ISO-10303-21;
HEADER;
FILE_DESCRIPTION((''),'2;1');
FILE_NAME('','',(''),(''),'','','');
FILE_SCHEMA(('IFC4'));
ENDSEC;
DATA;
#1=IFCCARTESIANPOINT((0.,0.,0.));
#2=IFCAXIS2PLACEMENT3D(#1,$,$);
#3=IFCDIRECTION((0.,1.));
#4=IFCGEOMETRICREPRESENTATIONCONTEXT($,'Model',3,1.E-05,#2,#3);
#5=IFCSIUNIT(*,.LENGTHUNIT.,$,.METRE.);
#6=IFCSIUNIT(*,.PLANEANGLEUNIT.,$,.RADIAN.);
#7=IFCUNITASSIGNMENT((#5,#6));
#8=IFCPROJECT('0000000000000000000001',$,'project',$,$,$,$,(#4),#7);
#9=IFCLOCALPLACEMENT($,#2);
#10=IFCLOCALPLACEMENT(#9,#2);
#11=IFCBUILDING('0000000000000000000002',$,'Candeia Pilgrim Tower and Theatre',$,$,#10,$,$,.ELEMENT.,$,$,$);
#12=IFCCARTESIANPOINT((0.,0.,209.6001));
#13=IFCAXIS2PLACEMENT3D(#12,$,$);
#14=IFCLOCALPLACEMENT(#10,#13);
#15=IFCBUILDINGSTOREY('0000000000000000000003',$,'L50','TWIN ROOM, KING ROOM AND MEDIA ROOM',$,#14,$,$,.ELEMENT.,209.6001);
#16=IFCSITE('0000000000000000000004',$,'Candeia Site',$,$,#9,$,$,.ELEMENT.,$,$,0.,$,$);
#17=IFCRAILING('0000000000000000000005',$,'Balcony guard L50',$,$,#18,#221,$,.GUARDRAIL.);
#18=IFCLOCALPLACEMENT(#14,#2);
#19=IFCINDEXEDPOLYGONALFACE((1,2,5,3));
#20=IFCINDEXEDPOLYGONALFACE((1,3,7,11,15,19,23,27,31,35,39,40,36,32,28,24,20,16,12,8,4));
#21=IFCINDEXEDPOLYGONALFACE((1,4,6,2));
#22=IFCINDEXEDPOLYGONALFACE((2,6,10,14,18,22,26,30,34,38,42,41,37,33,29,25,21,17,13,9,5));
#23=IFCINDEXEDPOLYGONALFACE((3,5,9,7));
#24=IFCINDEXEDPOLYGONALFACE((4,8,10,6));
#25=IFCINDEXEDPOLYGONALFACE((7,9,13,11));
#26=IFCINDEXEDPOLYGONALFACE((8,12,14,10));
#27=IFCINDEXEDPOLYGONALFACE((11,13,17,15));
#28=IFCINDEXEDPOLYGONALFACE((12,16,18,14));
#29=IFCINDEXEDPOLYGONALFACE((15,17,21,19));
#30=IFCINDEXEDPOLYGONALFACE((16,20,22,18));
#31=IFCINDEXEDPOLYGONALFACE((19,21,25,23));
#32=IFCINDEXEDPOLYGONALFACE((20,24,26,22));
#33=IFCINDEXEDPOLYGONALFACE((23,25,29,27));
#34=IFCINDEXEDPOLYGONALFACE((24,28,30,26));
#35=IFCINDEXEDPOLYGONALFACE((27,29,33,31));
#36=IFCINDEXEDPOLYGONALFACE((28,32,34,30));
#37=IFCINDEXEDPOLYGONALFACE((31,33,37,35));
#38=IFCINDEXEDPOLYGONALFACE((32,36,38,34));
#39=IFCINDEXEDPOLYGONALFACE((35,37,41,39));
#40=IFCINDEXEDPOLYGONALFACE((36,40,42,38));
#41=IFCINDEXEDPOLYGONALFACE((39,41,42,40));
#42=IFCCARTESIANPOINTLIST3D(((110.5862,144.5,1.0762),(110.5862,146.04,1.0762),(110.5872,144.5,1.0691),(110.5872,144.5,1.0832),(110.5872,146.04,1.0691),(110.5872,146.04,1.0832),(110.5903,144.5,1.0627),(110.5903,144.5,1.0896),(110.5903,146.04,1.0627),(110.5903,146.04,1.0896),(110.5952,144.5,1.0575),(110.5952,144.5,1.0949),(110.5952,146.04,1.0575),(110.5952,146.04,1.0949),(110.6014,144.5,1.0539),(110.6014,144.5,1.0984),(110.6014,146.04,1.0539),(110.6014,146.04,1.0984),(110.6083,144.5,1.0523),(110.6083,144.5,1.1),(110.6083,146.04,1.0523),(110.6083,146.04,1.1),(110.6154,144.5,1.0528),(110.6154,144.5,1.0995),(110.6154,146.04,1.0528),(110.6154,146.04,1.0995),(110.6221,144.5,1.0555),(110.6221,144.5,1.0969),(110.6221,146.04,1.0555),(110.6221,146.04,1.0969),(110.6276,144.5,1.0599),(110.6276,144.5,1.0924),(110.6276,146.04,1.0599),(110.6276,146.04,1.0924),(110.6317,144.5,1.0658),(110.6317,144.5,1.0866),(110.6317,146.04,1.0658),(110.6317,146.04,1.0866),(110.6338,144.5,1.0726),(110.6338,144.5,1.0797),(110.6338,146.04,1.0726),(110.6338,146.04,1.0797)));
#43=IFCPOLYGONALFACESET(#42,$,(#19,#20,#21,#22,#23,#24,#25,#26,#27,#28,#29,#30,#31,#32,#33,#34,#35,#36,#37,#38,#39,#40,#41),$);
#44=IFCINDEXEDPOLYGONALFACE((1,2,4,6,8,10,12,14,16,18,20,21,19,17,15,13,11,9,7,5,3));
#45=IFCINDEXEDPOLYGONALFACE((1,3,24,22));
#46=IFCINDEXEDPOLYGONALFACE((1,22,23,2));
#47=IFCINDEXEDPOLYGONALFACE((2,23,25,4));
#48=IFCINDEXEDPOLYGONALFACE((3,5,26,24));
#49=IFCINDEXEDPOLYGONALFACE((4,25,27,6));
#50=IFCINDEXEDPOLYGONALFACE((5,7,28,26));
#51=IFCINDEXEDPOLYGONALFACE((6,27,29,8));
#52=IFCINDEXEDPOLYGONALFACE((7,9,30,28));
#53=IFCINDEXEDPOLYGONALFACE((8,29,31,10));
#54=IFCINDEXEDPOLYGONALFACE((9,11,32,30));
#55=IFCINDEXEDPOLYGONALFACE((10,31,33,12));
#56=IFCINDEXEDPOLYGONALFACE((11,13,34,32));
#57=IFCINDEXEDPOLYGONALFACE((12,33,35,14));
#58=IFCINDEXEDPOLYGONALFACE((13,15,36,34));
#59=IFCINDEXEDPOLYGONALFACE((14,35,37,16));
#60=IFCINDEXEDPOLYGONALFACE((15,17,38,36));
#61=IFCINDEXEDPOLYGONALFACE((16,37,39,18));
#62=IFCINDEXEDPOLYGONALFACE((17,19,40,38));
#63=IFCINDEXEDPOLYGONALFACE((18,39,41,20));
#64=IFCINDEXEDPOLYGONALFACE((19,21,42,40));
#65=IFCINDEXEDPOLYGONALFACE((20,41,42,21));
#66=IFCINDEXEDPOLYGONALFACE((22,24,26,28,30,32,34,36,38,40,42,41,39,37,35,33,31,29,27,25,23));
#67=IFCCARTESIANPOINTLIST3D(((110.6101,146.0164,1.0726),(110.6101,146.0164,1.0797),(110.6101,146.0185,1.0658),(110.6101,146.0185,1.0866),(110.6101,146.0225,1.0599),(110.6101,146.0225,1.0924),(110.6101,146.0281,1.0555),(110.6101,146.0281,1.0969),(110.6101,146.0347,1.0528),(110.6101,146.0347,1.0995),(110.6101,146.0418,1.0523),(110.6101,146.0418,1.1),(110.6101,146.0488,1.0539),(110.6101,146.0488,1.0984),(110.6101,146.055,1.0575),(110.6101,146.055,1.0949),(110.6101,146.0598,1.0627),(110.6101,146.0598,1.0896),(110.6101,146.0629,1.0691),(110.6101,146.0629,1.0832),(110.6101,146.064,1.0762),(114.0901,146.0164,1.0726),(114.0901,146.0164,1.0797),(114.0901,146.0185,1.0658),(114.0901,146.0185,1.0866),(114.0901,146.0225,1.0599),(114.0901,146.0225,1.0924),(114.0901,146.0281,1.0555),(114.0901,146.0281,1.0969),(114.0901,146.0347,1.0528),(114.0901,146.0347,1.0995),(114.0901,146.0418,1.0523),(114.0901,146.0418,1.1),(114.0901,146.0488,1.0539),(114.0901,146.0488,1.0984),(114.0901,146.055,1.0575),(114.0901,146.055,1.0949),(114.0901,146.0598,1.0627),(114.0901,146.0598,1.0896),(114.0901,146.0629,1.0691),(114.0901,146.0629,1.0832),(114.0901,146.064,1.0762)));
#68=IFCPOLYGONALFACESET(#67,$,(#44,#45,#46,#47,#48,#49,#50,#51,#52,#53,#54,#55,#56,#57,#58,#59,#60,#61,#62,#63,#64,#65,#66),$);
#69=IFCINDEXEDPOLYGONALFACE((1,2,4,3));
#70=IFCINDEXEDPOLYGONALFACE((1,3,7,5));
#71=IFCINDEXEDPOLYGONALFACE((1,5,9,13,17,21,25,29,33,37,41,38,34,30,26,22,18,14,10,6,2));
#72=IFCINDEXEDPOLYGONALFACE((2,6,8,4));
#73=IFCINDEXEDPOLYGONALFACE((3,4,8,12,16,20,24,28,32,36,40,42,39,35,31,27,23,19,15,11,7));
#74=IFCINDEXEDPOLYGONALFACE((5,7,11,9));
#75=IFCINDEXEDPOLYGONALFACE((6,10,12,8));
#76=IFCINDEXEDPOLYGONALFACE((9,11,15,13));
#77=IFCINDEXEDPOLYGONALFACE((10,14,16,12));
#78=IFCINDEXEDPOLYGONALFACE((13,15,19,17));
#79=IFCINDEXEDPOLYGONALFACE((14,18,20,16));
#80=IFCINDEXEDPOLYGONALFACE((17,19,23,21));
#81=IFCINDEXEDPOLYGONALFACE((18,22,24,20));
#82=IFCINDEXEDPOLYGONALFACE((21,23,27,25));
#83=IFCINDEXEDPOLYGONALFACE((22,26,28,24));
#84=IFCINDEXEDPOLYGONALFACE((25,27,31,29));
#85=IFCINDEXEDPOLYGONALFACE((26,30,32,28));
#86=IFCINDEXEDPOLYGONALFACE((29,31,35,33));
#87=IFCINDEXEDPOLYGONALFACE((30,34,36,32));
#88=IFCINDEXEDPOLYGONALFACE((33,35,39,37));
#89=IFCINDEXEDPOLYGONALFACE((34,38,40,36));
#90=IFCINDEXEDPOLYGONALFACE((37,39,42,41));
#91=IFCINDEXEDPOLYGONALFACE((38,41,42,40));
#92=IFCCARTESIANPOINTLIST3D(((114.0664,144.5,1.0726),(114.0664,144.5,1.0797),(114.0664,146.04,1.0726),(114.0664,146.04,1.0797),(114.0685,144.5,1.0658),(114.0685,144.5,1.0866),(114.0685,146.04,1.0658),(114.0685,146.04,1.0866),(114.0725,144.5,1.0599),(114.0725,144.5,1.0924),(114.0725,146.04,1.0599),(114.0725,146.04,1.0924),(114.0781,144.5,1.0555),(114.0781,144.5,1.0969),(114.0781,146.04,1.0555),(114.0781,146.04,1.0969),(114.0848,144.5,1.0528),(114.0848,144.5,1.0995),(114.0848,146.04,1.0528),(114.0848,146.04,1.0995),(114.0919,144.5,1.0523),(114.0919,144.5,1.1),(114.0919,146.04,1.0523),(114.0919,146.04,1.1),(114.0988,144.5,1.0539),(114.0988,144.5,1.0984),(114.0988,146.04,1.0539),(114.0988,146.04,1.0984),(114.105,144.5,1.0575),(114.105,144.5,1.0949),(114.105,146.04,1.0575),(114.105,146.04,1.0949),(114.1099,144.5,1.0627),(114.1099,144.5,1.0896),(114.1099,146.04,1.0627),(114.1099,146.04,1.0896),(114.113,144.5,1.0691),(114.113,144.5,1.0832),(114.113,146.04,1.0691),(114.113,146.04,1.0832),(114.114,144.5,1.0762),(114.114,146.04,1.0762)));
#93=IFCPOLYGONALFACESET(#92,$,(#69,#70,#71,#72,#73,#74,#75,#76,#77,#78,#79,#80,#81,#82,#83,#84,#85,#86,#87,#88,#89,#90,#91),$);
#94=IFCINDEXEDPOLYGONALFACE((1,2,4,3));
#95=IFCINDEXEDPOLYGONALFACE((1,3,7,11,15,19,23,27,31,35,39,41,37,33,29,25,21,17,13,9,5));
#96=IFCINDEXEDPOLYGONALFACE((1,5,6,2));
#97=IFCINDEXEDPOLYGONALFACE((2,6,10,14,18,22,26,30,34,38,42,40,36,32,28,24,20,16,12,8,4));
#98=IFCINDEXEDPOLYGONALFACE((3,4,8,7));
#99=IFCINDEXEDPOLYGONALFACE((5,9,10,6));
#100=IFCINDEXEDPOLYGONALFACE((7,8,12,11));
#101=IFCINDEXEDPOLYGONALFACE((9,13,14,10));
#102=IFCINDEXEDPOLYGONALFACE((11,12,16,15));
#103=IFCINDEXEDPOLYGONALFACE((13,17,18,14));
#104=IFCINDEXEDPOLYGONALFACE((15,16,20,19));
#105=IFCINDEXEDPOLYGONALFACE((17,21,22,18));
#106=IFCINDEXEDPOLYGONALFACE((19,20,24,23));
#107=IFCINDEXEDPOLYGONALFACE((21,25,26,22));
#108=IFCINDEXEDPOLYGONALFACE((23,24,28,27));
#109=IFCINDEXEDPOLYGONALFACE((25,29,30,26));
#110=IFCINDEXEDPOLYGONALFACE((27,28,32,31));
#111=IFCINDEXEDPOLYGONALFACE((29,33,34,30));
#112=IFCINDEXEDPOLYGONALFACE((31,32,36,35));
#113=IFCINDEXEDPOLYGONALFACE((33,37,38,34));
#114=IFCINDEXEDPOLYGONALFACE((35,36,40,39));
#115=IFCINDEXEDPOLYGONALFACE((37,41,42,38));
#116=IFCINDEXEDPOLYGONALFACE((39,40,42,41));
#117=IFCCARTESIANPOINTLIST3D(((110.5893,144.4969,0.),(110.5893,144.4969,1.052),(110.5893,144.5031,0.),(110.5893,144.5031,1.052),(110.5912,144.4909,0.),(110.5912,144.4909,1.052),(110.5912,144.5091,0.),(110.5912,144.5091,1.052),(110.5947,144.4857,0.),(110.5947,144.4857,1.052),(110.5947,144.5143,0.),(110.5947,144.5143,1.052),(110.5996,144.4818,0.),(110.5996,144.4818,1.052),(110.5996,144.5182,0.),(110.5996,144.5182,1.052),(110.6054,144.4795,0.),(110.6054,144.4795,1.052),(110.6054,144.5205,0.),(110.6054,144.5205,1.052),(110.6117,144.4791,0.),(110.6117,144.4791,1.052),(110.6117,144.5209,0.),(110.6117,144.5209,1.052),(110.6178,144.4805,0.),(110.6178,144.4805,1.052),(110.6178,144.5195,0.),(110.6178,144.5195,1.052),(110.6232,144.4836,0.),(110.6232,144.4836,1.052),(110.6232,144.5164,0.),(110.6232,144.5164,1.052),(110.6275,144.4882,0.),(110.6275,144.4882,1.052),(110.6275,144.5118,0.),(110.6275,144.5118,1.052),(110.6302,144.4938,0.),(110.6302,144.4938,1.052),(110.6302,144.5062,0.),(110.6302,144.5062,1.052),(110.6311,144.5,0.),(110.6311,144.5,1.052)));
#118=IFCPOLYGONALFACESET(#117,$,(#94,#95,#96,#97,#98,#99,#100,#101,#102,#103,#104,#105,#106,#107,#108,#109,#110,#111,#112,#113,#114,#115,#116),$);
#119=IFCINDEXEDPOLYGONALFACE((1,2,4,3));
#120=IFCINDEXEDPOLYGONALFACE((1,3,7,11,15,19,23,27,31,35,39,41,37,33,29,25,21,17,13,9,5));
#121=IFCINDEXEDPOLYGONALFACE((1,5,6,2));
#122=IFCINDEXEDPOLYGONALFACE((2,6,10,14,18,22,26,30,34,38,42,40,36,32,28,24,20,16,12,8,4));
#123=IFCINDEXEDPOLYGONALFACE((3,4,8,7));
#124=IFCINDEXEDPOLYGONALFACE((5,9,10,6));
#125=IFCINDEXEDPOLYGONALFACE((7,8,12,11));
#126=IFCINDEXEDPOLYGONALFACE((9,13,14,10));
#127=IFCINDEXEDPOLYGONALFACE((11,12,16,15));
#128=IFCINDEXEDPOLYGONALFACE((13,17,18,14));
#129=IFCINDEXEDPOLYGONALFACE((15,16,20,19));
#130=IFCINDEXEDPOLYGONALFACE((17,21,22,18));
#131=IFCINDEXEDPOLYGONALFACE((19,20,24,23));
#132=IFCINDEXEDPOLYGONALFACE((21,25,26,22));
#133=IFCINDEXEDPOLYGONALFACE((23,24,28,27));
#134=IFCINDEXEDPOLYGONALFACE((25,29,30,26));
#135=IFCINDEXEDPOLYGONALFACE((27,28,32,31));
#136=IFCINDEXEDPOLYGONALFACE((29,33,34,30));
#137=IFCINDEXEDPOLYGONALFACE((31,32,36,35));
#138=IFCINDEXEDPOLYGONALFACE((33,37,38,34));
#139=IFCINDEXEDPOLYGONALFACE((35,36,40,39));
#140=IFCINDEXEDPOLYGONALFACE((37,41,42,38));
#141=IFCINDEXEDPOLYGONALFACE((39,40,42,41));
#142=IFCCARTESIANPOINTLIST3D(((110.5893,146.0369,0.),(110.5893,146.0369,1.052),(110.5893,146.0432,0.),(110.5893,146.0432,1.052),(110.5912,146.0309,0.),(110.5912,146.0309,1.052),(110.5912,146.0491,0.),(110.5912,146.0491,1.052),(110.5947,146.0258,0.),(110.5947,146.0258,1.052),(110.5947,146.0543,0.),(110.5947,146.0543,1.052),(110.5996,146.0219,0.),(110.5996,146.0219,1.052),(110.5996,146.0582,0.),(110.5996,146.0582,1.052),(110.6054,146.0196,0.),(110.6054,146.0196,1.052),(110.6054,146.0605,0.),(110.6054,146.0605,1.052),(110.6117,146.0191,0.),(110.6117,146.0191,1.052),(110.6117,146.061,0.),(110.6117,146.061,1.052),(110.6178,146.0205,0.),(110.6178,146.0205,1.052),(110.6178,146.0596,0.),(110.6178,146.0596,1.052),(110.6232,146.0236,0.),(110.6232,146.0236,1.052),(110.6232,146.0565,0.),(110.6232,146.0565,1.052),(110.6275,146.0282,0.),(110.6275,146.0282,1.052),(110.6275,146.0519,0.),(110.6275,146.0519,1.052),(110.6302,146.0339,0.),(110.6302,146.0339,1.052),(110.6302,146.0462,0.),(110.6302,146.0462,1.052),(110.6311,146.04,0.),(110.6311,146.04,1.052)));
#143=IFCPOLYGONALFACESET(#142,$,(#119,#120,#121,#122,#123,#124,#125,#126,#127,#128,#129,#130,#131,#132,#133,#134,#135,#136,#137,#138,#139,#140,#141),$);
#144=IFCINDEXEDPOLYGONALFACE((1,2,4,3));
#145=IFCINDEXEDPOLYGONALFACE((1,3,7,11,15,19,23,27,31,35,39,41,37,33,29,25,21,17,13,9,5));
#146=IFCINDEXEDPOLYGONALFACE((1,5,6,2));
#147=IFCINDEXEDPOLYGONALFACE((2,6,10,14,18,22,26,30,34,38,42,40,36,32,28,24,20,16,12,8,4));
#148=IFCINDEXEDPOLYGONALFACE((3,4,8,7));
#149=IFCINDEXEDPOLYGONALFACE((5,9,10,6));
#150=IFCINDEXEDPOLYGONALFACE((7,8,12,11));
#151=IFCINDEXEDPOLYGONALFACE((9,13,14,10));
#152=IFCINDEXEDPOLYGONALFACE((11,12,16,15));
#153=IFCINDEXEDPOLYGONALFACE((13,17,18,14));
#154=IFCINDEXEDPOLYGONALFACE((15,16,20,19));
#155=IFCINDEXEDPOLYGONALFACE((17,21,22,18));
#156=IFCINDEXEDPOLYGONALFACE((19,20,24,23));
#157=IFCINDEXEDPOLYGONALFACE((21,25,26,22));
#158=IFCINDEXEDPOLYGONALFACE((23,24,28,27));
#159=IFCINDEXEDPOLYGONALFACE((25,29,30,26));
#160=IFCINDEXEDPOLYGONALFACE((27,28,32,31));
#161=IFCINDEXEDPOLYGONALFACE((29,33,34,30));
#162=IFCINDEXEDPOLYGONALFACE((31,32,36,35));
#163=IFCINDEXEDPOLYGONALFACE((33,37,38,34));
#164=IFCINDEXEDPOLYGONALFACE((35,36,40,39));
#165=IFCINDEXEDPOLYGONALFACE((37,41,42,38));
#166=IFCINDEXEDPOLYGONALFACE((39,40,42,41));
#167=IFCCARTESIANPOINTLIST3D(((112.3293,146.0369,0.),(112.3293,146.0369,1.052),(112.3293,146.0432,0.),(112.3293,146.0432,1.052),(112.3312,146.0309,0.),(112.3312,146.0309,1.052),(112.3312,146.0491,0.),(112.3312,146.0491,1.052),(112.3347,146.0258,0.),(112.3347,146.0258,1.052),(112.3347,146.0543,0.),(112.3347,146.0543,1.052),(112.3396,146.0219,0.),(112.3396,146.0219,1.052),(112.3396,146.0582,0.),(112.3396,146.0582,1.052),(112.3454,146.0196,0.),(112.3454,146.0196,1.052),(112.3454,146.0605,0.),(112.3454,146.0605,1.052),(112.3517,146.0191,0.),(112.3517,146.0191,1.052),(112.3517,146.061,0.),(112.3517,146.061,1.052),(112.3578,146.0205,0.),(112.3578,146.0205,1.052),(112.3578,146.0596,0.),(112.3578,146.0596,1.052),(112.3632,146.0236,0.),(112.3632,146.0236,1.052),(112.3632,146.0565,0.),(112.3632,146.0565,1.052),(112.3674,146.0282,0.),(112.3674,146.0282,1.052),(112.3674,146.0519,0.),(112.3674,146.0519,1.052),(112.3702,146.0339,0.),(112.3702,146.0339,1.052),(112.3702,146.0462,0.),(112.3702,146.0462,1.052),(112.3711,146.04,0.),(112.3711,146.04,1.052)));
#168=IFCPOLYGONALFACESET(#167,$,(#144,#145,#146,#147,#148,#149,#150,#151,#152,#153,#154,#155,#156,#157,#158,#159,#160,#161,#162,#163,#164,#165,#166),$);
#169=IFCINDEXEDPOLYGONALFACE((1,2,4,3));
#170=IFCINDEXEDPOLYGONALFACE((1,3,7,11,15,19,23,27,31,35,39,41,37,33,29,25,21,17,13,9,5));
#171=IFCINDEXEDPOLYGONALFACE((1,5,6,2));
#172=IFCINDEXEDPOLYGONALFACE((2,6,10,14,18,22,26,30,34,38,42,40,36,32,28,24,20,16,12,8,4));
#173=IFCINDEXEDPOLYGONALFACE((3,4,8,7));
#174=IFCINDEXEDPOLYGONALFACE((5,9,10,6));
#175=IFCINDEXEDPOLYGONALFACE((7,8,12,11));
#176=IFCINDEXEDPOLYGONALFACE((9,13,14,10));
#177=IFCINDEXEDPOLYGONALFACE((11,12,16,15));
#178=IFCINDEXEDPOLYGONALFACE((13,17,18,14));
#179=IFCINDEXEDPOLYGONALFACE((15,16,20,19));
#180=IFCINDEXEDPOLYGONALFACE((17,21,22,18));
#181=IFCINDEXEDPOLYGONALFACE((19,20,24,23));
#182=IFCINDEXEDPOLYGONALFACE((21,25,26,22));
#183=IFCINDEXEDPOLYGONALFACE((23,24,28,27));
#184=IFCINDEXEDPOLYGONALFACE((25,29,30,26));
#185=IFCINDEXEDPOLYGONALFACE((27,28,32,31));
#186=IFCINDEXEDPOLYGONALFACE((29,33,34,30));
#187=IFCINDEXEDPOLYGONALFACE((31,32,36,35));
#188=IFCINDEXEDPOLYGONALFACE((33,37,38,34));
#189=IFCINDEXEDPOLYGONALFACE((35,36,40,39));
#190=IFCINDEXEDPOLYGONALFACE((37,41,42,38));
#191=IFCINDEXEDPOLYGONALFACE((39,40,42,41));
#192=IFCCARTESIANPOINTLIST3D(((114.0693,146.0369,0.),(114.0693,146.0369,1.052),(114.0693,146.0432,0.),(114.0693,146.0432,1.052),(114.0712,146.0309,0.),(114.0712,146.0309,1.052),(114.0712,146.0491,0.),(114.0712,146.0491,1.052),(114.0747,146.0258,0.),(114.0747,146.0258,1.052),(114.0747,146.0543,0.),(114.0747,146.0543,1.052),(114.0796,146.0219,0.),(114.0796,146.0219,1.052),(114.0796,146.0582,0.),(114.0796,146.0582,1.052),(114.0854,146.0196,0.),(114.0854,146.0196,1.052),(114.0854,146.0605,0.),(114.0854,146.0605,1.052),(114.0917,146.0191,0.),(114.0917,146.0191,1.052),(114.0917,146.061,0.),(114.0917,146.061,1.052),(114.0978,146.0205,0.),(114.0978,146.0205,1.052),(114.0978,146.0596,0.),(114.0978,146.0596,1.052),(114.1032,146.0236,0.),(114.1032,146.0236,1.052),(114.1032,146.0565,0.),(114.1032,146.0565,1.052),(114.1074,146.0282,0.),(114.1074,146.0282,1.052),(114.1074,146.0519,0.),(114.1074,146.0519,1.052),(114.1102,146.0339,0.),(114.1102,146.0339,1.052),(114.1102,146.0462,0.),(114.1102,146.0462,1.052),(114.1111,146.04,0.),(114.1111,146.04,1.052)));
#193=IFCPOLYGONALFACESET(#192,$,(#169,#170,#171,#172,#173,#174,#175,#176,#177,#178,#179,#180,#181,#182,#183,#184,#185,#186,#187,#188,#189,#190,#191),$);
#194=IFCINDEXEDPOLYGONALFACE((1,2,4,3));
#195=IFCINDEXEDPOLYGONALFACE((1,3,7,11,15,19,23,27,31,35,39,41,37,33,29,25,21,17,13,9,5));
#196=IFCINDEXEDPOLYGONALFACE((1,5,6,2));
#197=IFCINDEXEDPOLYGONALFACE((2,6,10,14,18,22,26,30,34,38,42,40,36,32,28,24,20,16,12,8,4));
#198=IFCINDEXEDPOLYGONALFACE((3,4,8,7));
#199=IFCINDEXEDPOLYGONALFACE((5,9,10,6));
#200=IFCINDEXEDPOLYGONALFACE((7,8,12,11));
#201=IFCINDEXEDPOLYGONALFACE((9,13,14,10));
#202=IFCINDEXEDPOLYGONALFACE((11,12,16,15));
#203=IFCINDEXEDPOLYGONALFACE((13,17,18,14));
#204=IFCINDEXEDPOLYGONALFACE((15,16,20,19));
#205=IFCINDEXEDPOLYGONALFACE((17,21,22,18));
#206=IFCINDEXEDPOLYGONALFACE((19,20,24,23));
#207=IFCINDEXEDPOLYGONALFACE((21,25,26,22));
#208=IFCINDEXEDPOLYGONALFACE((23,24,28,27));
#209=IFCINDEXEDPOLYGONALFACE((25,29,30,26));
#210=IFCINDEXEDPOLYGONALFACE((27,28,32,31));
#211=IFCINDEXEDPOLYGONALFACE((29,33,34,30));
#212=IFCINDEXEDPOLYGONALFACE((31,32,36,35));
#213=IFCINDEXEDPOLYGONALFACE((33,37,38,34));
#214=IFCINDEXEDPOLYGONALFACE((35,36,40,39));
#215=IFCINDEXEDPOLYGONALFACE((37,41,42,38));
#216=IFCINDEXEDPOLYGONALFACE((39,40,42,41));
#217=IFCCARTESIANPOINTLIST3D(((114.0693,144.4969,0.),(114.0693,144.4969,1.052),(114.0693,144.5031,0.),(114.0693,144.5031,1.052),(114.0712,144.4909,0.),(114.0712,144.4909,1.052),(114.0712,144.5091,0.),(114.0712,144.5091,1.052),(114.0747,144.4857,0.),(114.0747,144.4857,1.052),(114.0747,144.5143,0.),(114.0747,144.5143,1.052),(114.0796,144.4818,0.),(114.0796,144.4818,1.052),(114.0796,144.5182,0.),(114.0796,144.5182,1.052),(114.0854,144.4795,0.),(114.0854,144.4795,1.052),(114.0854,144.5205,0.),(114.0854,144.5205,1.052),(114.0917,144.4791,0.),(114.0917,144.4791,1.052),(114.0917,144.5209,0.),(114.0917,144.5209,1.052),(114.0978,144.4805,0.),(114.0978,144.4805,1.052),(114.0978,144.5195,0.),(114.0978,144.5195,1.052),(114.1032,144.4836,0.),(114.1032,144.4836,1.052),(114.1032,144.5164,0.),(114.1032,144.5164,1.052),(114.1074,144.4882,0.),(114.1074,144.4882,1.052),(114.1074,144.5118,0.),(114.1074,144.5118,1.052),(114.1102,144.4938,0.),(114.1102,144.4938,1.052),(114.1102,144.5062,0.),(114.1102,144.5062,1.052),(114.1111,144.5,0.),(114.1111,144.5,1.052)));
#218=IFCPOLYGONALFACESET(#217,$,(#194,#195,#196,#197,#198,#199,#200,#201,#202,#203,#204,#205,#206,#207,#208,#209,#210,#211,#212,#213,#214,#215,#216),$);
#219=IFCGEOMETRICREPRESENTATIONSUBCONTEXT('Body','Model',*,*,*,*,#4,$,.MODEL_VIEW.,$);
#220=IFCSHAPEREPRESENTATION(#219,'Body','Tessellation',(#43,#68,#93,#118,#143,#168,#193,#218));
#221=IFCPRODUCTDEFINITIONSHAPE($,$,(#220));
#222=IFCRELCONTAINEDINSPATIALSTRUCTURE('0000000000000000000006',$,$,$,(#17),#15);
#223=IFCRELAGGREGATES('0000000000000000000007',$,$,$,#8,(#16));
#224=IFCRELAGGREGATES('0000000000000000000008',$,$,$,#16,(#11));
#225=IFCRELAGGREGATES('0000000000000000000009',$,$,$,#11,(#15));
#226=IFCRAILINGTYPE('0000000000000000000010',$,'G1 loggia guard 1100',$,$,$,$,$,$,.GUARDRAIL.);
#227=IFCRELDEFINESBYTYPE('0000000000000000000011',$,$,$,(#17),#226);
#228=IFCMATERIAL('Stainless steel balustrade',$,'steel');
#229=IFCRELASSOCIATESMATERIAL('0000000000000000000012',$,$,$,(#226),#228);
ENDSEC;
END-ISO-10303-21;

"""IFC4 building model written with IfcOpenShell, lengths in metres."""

from ifc_helpers import new_model, si_unit, direction, frame, origin, origin_2d, place, context, subcontext, project, spatial, circle, extrude, material, type_object, element, save


model = new_model("IFC4")

# Units and contexts
model_context = context("Model", 3, precision=1e-05, world=origin(), true_north=direction((0.0, 1.0)))
body_context = subcontext(model_context, "Body", "Model", "MODEL_VIEW")
ifc_project = project(units=[si_unit("LENGTHUNIT", "METRE"), si_unit("PLANEANGLEUNIT", "RADIAN")], contexts=[model_context])

# Site, building, storey
site_placement = place(None, origin())
site = spatial("IfcSite", under=ifc_project, at=site_placement, Name="Candeia Site", CompositionType="ELEMENT", RefElevation=0.0)
building_placement = place(site_placement, origin())
building = spatial("IfcBuilding", under=site, at=building_placement, Name="Candeia Pilgrim Tower and Theatre", CompositionType="ELEMENT")
storey_placement = place(building_placement, frame((0.0, 0.0, 209.6001)))
storey = spatial("IfcBuildingStorey", under=building, at=storey_placement, Name="L50", Description="TWIN ROOM, KING ROOM AND MEDIA ROOM", CompositionType="ELEMENT", Elevation=209.6001)

# Railing
ifc_material_1 = material(Name="Stainless steel balustrade", Category="steel")
railing_type = type_object("IfcRailingType", Name="G1 loggia guard 1100", PredefinedType="GUARDRAIL", material=ifc_material_1)
railing_placement = place(storey_placement, frame((110.6101, 144.5, 0.0)))
element("IfcRailing", 1, at=railing_placement, inside=storey, type_object=railing_type, Name="Balcony guard L50", PredefinedType="GUARDRAIL", context=body_context, shape_type="SweptSolid", body=[
    extrude(circle(Radius=0.0239, at=origin_2d()), frame((0.0, 0.0, 1.0762), z_axis=(0.0, 1.0, 0.0), x_axis=(-1.0, 0.0, 0.0)), (0.0, 0.0, 1.0), 1.54),
    extrude(circle(Radius=0.0239, at=origin_2d()), frame((0.0, 1.54, 1.0762), z_axis=(1.0, 0.0, 0.0), x_axis=(0.0, 1.0, 0.0)), (0.0, 0.0, 1.0), 3.48),
    extrude(circle(Radius=0.0239, at=origin_2d()), frame((3.48, 1.54, 1.0762), z_axis=(0.0, -1.0, 0.0), x_axis=(1.0, 0.0, 0.0)), (0.0, 0.0, 1.0), 1.54),
    extrude(circle(Radius=0.021, at=origin_2d()), origin(), (0.0, 0.0, 1.0), 1.052),
    extrude(circle(Radius=0.021, at=origin_2d()), frame((0.0, 1.54, 0.0)), (0.0, 0.0, 1.0), 1.052),
    extrude(circle(Radius=0.021, at=origin_2d()), frame((1.74, 1.54, 0.0)), (0.0, 0.0, 1.0), 1.052),
    extrude(circle(Radius=0.021, at=origin_2d()), frame((3.48, 1.54, 0.0)), (0.0, 0.0, 1.0), 1.052),
    extrude(circle(Radius=0.021, at=origin_2d()), frame((3.48, 0.0, 0.0)), (0.0, 0.0, 1.0), 1.052),
])

save(model, "model.ifc")
